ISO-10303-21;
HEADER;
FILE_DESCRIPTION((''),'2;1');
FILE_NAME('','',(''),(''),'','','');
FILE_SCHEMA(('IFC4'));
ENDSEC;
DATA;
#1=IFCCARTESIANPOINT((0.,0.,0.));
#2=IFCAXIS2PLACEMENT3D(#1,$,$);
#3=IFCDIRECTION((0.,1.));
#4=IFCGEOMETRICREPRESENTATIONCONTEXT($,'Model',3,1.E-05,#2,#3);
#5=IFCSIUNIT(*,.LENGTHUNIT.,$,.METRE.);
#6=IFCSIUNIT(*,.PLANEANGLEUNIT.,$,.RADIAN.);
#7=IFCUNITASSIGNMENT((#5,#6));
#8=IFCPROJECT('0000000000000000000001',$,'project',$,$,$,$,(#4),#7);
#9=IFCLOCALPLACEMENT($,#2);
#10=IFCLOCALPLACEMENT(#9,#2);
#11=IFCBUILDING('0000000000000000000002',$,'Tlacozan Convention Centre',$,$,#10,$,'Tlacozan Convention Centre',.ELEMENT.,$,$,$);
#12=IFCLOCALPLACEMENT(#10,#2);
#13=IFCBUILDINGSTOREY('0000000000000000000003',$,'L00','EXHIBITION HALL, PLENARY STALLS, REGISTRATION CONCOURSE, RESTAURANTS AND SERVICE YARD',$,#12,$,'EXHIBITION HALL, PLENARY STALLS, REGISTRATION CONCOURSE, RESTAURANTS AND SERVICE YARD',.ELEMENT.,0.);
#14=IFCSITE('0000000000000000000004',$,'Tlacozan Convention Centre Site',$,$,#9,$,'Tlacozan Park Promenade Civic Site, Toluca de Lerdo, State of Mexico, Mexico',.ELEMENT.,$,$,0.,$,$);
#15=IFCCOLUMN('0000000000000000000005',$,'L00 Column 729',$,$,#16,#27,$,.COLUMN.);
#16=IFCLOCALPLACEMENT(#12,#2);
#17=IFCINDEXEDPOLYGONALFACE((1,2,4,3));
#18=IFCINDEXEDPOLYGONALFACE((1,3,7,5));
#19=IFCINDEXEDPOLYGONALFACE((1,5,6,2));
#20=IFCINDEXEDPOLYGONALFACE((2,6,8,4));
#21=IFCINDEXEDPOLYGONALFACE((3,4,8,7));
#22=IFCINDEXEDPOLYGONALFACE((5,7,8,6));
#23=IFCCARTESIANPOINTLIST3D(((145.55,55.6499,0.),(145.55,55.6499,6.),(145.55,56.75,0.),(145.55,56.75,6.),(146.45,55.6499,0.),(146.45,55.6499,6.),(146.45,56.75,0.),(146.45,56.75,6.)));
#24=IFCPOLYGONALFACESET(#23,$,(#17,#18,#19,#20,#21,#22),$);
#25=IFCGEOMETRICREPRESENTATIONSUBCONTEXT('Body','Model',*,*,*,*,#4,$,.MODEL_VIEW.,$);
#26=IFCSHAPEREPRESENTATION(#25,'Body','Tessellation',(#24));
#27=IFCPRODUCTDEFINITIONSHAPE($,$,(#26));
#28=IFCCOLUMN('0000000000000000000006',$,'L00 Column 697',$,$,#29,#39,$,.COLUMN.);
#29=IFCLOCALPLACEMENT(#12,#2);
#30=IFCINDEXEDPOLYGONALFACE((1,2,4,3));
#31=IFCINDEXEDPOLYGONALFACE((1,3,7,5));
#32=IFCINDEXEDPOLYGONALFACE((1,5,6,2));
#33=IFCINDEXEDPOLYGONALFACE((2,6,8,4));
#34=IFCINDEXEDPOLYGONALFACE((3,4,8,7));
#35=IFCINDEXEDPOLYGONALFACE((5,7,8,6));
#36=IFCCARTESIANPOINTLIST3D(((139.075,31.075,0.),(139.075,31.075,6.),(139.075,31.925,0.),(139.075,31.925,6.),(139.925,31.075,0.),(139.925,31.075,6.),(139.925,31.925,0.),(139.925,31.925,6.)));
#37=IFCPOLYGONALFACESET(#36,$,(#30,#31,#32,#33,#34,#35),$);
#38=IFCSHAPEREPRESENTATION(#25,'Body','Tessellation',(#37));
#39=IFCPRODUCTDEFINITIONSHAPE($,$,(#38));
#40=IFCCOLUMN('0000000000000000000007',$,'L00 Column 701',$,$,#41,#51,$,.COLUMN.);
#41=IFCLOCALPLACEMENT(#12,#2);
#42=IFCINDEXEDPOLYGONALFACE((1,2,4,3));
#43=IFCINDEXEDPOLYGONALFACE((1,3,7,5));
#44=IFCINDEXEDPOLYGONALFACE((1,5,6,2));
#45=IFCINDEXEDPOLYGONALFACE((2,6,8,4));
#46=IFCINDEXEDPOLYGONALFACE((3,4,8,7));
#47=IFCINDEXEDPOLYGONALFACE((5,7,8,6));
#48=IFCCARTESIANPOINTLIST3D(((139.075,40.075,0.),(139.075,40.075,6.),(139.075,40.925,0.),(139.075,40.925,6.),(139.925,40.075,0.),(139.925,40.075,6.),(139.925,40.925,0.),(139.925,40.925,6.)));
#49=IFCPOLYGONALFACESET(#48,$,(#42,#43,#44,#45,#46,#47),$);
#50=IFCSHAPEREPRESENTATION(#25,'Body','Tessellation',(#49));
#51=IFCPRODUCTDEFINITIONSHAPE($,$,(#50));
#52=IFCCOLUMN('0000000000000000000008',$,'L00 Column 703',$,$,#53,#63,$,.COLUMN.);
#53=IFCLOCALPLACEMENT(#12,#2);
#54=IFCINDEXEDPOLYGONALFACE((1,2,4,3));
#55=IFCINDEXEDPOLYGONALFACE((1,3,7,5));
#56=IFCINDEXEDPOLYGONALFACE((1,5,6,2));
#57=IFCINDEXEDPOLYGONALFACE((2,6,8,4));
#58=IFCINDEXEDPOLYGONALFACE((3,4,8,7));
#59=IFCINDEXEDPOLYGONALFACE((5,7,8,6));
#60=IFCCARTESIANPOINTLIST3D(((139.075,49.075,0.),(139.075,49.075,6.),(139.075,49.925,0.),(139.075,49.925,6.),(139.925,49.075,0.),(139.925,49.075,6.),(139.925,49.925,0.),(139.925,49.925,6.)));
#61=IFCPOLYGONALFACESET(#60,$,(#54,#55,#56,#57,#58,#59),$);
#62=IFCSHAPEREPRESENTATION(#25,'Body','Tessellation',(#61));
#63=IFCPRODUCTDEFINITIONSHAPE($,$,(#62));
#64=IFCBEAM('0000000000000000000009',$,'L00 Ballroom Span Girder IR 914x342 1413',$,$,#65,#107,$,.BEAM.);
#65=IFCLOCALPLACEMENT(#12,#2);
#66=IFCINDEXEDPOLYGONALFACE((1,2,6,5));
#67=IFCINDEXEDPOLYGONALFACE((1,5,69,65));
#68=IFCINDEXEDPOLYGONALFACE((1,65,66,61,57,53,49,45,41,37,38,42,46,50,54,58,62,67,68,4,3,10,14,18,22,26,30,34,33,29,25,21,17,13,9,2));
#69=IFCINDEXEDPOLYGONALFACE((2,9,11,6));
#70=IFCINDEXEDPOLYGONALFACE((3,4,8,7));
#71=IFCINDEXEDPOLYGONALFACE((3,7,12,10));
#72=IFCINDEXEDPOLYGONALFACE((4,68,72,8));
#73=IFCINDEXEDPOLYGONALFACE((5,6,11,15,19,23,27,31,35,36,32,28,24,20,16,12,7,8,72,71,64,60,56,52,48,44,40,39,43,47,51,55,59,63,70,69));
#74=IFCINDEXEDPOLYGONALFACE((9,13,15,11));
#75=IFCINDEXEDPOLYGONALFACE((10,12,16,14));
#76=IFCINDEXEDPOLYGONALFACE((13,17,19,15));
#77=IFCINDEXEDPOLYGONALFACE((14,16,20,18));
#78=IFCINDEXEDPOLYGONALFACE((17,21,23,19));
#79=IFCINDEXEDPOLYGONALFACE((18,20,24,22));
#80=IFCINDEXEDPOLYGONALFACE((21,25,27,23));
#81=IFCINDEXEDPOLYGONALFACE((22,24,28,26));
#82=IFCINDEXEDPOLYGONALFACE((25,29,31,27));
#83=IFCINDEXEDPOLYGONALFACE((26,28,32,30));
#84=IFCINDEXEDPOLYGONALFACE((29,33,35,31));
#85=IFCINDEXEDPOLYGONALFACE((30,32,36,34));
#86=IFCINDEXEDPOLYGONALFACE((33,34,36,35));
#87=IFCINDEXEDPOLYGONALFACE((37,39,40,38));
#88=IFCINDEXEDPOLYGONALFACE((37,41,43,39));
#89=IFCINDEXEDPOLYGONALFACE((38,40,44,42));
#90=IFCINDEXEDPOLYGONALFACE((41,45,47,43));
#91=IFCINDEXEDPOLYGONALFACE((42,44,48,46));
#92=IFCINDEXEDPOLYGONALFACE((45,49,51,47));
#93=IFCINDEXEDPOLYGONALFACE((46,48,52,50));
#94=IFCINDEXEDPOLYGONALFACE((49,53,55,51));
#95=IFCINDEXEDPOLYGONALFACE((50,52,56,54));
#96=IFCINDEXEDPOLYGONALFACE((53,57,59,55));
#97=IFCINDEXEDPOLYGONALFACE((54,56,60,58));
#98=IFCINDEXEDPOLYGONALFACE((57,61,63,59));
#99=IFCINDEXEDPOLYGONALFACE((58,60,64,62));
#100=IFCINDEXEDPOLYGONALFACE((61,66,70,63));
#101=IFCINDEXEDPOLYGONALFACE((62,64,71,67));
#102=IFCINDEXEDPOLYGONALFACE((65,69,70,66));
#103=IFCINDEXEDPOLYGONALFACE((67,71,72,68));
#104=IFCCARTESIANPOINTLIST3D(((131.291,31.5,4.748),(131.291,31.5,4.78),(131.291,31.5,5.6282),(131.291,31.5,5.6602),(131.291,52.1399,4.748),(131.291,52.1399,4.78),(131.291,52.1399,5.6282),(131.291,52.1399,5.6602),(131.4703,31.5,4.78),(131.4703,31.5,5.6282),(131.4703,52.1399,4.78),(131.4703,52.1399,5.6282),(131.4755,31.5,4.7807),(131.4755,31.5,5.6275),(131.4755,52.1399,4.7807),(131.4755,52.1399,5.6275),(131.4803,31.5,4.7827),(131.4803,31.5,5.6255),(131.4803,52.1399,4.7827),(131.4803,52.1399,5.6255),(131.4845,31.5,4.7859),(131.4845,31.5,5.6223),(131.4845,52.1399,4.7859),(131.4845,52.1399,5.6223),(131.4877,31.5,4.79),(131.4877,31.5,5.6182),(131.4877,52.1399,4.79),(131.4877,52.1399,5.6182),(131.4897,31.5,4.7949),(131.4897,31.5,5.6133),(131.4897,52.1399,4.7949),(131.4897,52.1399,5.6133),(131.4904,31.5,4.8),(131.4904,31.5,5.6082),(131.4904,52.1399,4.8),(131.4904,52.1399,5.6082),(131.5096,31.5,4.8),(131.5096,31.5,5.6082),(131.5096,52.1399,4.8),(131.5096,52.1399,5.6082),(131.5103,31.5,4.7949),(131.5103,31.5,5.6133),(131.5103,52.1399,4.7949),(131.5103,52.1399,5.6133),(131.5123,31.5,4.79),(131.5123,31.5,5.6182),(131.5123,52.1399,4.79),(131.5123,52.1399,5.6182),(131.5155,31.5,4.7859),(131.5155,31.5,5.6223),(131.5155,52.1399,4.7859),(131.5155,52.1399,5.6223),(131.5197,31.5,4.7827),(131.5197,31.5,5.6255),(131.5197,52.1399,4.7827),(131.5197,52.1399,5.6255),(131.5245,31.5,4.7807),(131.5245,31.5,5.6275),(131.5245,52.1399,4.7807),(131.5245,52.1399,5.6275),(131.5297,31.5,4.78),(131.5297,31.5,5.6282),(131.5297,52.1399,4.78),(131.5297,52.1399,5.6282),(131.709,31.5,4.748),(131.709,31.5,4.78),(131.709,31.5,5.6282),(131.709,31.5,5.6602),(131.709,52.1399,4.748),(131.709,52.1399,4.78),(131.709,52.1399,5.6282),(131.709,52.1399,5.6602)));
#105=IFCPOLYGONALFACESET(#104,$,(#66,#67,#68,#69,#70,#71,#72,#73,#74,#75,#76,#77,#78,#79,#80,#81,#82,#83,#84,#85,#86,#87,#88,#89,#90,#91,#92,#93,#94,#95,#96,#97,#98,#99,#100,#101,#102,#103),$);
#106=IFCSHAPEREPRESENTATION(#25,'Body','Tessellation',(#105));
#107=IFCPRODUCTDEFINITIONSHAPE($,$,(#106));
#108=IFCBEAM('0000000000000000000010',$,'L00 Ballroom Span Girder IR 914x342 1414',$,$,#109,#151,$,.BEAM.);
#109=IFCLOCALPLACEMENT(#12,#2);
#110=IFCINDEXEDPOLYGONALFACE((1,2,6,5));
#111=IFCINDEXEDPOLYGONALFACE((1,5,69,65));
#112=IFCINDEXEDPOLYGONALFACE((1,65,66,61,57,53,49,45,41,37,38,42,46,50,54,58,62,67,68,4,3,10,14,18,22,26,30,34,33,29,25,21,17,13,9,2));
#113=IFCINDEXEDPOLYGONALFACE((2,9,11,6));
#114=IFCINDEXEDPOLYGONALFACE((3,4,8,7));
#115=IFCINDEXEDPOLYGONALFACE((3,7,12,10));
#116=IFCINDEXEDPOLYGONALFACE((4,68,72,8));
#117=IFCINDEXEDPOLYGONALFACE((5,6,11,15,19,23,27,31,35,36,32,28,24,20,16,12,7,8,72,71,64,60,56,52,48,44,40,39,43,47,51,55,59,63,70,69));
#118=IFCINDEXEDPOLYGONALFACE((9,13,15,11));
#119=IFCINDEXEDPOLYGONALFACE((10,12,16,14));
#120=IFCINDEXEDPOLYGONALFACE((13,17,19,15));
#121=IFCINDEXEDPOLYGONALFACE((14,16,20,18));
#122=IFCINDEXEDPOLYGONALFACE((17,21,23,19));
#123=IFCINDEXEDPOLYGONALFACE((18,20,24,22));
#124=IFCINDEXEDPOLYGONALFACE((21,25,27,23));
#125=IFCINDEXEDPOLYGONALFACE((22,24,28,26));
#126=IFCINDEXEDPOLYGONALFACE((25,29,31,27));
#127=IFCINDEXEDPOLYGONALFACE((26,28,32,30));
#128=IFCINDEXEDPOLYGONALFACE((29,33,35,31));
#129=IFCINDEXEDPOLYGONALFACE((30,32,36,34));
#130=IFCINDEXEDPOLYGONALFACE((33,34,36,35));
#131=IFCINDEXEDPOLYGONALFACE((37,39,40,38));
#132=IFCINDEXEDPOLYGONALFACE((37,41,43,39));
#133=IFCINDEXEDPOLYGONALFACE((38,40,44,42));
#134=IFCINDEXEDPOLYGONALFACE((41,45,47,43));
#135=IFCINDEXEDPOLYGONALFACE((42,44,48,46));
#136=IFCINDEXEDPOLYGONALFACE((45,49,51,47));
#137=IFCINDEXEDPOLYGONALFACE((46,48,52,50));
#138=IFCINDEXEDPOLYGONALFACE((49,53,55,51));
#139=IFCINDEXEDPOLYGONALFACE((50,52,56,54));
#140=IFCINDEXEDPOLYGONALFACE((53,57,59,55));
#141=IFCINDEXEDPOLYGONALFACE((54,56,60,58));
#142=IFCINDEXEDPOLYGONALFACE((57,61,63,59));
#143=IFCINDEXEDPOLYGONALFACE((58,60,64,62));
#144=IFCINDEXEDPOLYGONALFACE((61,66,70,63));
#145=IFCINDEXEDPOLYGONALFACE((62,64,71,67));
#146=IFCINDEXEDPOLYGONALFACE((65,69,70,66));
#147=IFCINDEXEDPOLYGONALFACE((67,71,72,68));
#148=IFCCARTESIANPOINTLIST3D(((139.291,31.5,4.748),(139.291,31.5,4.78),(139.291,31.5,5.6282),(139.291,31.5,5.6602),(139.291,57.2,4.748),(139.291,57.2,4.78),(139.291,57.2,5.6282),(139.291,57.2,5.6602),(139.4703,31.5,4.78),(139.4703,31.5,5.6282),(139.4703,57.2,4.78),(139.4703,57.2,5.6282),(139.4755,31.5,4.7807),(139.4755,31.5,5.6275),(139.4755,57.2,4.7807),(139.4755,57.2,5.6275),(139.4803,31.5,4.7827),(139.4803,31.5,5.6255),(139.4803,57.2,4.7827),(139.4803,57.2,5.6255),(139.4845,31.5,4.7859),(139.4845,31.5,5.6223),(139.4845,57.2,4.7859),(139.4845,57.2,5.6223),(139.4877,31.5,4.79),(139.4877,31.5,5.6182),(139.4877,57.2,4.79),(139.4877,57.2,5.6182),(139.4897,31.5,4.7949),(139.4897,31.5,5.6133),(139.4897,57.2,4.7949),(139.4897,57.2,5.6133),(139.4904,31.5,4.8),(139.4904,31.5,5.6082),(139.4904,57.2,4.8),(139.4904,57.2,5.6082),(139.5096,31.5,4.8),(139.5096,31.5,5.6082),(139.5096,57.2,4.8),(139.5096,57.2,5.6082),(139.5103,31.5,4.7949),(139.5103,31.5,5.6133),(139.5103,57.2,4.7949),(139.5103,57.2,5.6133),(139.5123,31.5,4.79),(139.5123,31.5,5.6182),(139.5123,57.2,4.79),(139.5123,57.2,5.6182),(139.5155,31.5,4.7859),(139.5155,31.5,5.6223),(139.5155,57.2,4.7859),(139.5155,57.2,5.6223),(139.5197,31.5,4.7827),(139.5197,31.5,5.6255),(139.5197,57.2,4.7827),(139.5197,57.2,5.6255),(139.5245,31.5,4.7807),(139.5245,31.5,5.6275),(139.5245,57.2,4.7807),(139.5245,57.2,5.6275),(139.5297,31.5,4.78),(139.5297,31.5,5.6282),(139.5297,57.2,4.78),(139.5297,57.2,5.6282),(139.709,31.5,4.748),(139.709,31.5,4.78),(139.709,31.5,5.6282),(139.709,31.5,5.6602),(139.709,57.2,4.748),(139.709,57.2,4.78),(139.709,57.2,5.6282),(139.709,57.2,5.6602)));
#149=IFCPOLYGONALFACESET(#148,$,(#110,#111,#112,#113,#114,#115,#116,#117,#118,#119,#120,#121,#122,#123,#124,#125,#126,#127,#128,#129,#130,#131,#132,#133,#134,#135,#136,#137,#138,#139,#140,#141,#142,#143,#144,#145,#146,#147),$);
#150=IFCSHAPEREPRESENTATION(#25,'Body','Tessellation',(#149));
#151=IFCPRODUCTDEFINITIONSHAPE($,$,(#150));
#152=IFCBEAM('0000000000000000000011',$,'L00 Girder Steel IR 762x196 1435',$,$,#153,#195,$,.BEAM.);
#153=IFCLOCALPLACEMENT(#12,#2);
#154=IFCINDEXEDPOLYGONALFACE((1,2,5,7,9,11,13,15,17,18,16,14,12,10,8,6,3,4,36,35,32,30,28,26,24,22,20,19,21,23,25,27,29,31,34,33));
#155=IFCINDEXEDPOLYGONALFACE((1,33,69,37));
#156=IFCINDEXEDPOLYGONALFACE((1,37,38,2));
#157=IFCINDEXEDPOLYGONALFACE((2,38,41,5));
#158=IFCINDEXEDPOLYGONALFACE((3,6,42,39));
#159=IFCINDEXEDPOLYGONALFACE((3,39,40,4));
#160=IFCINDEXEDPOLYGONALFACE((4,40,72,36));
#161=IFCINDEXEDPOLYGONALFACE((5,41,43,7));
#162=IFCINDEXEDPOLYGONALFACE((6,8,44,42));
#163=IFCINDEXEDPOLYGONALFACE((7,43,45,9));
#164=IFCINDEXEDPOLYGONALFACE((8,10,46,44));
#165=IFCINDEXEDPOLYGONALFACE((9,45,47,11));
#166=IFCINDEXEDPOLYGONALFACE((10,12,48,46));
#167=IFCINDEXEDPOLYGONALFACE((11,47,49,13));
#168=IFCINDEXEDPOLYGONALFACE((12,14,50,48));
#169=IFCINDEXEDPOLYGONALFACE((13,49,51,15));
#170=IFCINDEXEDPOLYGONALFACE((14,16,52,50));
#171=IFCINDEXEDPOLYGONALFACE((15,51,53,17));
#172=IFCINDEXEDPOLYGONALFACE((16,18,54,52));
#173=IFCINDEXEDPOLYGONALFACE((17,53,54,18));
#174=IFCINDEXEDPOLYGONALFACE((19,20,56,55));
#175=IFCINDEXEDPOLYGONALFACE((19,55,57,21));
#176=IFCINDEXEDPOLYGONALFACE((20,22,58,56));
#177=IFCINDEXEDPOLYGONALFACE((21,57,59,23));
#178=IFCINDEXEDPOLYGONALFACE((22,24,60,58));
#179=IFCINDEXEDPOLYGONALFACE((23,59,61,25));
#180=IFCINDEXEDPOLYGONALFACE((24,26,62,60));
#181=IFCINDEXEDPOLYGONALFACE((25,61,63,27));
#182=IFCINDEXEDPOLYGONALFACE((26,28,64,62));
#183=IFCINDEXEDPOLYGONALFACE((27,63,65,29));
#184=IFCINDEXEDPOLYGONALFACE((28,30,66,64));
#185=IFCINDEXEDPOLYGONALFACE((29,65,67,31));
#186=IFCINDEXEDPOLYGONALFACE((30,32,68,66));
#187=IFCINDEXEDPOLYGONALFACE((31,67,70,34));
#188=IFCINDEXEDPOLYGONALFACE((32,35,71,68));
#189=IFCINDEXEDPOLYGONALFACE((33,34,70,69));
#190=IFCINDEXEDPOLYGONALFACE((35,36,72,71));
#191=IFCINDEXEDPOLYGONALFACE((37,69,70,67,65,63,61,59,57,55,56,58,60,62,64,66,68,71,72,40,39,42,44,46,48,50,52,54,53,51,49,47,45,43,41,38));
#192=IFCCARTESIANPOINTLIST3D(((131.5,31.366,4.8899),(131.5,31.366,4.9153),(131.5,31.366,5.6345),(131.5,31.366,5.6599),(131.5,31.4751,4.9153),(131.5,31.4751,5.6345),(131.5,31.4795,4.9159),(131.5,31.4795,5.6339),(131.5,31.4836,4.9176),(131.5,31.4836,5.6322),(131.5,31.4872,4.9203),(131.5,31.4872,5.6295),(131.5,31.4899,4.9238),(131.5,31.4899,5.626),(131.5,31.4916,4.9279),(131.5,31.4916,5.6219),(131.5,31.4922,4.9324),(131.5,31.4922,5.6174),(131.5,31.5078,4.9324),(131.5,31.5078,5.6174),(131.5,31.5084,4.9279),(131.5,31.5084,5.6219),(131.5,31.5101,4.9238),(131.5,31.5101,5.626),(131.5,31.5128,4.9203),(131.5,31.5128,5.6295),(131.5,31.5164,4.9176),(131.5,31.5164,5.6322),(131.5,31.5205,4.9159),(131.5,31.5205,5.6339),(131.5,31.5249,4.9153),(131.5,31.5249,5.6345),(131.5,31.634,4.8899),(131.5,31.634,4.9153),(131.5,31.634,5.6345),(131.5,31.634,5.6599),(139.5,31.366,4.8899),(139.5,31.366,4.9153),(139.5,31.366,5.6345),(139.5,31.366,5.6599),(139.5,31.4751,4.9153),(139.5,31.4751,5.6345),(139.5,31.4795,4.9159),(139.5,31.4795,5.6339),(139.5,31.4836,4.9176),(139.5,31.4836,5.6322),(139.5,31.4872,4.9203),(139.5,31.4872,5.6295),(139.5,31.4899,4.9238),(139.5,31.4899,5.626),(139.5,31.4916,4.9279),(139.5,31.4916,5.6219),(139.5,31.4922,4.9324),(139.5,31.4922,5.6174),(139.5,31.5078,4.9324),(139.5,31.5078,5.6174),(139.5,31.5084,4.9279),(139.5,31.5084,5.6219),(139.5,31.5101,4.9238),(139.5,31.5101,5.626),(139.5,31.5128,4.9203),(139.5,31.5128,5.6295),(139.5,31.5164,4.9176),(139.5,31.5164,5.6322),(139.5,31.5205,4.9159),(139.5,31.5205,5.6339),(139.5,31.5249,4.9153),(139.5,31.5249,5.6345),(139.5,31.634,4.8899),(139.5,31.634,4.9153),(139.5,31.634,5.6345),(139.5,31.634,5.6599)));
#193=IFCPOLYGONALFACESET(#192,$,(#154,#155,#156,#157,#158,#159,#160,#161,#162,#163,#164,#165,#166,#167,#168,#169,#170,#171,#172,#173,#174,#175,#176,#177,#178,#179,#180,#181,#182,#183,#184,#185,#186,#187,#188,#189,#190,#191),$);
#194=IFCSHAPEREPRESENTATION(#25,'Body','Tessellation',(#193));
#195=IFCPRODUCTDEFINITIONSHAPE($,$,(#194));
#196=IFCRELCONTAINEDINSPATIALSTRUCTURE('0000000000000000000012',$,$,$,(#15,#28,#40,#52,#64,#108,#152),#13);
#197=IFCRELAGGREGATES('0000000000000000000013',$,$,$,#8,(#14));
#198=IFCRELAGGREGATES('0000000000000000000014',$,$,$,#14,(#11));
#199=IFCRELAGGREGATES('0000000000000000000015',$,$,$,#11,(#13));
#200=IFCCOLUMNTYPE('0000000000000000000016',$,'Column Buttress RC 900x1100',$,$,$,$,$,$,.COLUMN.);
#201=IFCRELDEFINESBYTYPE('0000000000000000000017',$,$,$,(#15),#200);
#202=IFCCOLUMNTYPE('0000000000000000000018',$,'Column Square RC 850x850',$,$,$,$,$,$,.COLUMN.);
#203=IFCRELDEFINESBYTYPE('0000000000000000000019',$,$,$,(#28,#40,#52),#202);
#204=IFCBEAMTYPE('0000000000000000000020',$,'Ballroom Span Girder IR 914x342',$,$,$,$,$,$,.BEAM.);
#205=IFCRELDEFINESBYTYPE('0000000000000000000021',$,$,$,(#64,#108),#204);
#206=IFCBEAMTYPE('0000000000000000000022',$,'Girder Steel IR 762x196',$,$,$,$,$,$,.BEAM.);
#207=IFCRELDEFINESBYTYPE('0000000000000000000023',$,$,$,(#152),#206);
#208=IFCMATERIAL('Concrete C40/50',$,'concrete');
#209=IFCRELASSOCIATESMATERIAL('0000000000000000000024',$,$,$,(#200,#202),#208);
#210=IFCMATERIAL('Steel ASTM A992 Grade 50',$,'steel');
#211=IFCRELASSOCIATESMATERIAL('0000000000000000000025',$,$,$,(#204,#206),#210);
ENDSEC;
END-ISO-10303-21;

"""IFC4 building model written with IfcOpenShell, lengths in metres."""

from ifc_helpers import new_model, si_unit, direction, frame, origin, origin_2d, place, context, subcontext, project, spatial, rectangle, i_section, extrude, material, material_profile, profile_set, type_object, element, save


model = new_model("IFC4")

# Units and contexts
model_context = context("Model", 3, precision=1e-05, world=origin(), true_north=direction((0.0, 1.0)))
body_context = subcontext(model_context, "Body", "Model", "MODEL_VIEW")
ifc_project = project(units=[si_unit("LENGTHUNIT", "METRE"), si_unit("PLANEANGLEUNIT", "RADIAN")], contexts=[model_context])

# Site, building, storey
site_placement = place(None, origin())
site = spatial("IfcSite", under=ifc_project, at=site_placement, Name="Tlacozan Convention Centre Site", LongName="Tlacozan Park Promenade Civic Site, Toluca de Lerdo, State of Mexico, Mexico", CompositionType="ELEMENT", RefElevation=0.0)
building_placement = place(site_placement, origin())
building = spatial("IfcBuilding", under=site, at=building_placement, Name="Tlacozan Convention Centre", LongName="Tlacozan Convention Centre", CompositionType="ELEMENT")
storey_placement = place(building_placement, origin())
storey = spatial("IfcBuildingStorey", under=building, at=storey_placement, Name="L00", Description="EXHIBITION HALL, PLENARY STALLS, REGISTRATION CONCOURSE, RESTAURANTS AND SERVICE YARD", LongName="EXHIBITION HALL, PLENARY STALLS, REGISTRATION CONCOURSE, RESTAURANTS AND SERVICE YARD", CompositionType="ELEMENT", Elevation=0.0)

# Columns
ifc_material_1 = material(Name="Concrete C40/50", Category="concrete")
ifc_material_profile_1 = material_profile(ifc_material_1, rectangle(XDim=0.8999, YDim=1.1001, at=origin_2d()), Name="RC 900x1100")
ifc_profile_set_1 = profile_set([ifc_material_profile_1], Name="Concrete C40/50")
column_type_1 = type_object("IfcColumnType", Name="Column Buttress RC 900x1100", PredefinedType="COLUMN", material=ifc_profile_set_1)
column_placement = place(storey_placement, frame((146.0, 56.2, 0.0), z_axis=(0.0, 0.0, 1.0), x_axis=(1.0, 0.0, 0.0)))
element("IfcColumn", 1, at=column_placement, inside=storey, type_object=column_type_1, Name="L00 Column 729", PredefinedType="COLUMN", context=body_context, shape_type="SweptSolid", body=[
    extrude(rectangle(XDim=0.8999, YDim=1.1001, at=origin_2d()), origin(), (0.0, 0.0, 1.0), 6.0),
])
ifc_material_profile_2 = material_profile(ifc_material_1, rectangle(XDim=0.8501, YDim=0.8501, at=origin_2d()), Name="RC 850x850")
ifc_profile_set_2 = profile_set([ifc_material_profile_2], Name="Concrete C40/50")
column_type_2 = type_object("IfcColumnType", Name="Column Square RC 850x850", PredefinedType="COLUMN", material=ifc_profile_set_2)
for number, where, z_axis, x_axis, name in (
    (2, (139.5, 31.5, 0.0), (0.0, 0.0, 1.0), (1.0, 0.0, 0.0), "L00 Column 697"),
    (3, (139.5, 40.5, 0.0), (0.0, 0.0, 1.0), (1.0, 0.0, 0.0), "L00 Column 701"),
    (4, (139.5, 49.5, 0.0), (0.0, 0.0, 1.0), (1.0, 0.0, 0.0), "L00 Column 703"),
):
    element("IfcColumn", number, at=place(storey_placement, frame(where, z_axis=z_axis, x_axis=x_axis)), inside=storey, type_object=column_type_2, Name=name, PredefinedType="COLUMN", context=body_context, shape_type="SweptSolid", body=[
        extrude(rectangle(XDim=0.8501, YDim=0.8501, at=origin_2d()), origin(), (0.0, 0.0, 1.0), 6.0),
    ])

# Beams
ifc_material_2 = material(Name="Steel ASTM A992 Grade 50", Category="steel")
ifc_material_profile_3 = material_profile(ifc_material_2, i_section(OverallWidth=0.418, OverallDepth=0.9121, WebThickness=0.0193, FlangeThickness=0.032, FilletRadius=0.02, at=origin_2d()), Name="IR 914x342.0")
ifc_profile_set_3 = profile_set([ifc_material_profile_3], Name="Steel ASTM A992 Grade 50")
beam_type_1 = type_object("IfcBeamType", Name="Ballroom Span Girder IR 914x342", PredefinedType="BEAM", material=ifc_profile_set_3)
beam_1_placement = place(storey_placement, frame((131.5, 31.5, 5.2041), z_axis=(0.0, 1.0, 0.0), x_axis=(-1.0, 0.0, 0.0)))
element("IfcBeam", 5, at=beam_1_placement, inside=storey, type_object=beam_type_1, Name="L00 Ballroom Span Girder IR 914x342 1413", PredefinedType="BEAM", context=body_context, shape_type="SweptSolid", body=[
    extrude(i_section(OverallWidth=0.418, OverallDepth=0.9121, WebThickness=0.0193, FlangeThickness=0.032, FilletRadius=0.02, at=origin_2d()), origin(), (0.0, 0.0, 1.0), 20.6399),
])
beam_2_placement = place(storey_placement, frame((139.5, 31.5, 5.2041), z_axis=(0.0, 1.0, 0.0), x_axis=(-1.0, 0.0, 0.0)))
element("IfcBeam", 6, at=beam_2_placement, inside=storey, type_object=beam_type_1, Name="L00 Ballroom Span Girder IR 914x342 1414", PredefinedType="BEAM", context=body_context, shape_type="SweptSolid", body=[
    extrude(i_section(OverallWidth=0.418, OverallDepth=0.9121, WebThickness=0.0193, FlangeThickness=0.032, FilletRadius=0.02, at=origin_2d()), origin(), (0.0, 0.0, 1.0), 25.7),
])
ifc_material_profile_4 = material_profile(ifc_material_2, i_section(OverallWidth=0.2681, OverallDepth=0.77, WebThickness=0.0156, FlangeThickness=0.0254, FilletRadius=0.0171, at=origin_2d()), Name="IR 762x196.0")
ifc_profile_set_4 = profile_set([ifc_material_profile_4], Name="Steel ASTM A992 Grade 50")
beam_type_2 = type_object("IfcBeamType", Name="Girder Steel IR 762x196", PredefinedType="BEAM", material=ifc_profile_set_4)
beam_3_placement = place(storey_placement, frame((131.5, 31.5, 5.2749), z_axis=(1.0, 0.0, 0.0), x_axis=(0.0, 1.0, 0.0)))
element("IfcBeam", 7, at=beam_3_placement, inside=storey, type_object=beam_type_2, Name="L00 Girder Steel IR 762x196 1435", PredefinedType="BEAM", context=body_context, shape_type="SweptSolid", body=[
    extrude(i_section(OverallWidth=0.2681, OverallDepth=0.77, WebThickness=0.0156, FlangeThickness=0.0254, FilletRadius=0.0171, at=origin_2d()), origin(), (0.0, 0.0, 1.0), 8.0),
])

save(model, "model.ifc")
